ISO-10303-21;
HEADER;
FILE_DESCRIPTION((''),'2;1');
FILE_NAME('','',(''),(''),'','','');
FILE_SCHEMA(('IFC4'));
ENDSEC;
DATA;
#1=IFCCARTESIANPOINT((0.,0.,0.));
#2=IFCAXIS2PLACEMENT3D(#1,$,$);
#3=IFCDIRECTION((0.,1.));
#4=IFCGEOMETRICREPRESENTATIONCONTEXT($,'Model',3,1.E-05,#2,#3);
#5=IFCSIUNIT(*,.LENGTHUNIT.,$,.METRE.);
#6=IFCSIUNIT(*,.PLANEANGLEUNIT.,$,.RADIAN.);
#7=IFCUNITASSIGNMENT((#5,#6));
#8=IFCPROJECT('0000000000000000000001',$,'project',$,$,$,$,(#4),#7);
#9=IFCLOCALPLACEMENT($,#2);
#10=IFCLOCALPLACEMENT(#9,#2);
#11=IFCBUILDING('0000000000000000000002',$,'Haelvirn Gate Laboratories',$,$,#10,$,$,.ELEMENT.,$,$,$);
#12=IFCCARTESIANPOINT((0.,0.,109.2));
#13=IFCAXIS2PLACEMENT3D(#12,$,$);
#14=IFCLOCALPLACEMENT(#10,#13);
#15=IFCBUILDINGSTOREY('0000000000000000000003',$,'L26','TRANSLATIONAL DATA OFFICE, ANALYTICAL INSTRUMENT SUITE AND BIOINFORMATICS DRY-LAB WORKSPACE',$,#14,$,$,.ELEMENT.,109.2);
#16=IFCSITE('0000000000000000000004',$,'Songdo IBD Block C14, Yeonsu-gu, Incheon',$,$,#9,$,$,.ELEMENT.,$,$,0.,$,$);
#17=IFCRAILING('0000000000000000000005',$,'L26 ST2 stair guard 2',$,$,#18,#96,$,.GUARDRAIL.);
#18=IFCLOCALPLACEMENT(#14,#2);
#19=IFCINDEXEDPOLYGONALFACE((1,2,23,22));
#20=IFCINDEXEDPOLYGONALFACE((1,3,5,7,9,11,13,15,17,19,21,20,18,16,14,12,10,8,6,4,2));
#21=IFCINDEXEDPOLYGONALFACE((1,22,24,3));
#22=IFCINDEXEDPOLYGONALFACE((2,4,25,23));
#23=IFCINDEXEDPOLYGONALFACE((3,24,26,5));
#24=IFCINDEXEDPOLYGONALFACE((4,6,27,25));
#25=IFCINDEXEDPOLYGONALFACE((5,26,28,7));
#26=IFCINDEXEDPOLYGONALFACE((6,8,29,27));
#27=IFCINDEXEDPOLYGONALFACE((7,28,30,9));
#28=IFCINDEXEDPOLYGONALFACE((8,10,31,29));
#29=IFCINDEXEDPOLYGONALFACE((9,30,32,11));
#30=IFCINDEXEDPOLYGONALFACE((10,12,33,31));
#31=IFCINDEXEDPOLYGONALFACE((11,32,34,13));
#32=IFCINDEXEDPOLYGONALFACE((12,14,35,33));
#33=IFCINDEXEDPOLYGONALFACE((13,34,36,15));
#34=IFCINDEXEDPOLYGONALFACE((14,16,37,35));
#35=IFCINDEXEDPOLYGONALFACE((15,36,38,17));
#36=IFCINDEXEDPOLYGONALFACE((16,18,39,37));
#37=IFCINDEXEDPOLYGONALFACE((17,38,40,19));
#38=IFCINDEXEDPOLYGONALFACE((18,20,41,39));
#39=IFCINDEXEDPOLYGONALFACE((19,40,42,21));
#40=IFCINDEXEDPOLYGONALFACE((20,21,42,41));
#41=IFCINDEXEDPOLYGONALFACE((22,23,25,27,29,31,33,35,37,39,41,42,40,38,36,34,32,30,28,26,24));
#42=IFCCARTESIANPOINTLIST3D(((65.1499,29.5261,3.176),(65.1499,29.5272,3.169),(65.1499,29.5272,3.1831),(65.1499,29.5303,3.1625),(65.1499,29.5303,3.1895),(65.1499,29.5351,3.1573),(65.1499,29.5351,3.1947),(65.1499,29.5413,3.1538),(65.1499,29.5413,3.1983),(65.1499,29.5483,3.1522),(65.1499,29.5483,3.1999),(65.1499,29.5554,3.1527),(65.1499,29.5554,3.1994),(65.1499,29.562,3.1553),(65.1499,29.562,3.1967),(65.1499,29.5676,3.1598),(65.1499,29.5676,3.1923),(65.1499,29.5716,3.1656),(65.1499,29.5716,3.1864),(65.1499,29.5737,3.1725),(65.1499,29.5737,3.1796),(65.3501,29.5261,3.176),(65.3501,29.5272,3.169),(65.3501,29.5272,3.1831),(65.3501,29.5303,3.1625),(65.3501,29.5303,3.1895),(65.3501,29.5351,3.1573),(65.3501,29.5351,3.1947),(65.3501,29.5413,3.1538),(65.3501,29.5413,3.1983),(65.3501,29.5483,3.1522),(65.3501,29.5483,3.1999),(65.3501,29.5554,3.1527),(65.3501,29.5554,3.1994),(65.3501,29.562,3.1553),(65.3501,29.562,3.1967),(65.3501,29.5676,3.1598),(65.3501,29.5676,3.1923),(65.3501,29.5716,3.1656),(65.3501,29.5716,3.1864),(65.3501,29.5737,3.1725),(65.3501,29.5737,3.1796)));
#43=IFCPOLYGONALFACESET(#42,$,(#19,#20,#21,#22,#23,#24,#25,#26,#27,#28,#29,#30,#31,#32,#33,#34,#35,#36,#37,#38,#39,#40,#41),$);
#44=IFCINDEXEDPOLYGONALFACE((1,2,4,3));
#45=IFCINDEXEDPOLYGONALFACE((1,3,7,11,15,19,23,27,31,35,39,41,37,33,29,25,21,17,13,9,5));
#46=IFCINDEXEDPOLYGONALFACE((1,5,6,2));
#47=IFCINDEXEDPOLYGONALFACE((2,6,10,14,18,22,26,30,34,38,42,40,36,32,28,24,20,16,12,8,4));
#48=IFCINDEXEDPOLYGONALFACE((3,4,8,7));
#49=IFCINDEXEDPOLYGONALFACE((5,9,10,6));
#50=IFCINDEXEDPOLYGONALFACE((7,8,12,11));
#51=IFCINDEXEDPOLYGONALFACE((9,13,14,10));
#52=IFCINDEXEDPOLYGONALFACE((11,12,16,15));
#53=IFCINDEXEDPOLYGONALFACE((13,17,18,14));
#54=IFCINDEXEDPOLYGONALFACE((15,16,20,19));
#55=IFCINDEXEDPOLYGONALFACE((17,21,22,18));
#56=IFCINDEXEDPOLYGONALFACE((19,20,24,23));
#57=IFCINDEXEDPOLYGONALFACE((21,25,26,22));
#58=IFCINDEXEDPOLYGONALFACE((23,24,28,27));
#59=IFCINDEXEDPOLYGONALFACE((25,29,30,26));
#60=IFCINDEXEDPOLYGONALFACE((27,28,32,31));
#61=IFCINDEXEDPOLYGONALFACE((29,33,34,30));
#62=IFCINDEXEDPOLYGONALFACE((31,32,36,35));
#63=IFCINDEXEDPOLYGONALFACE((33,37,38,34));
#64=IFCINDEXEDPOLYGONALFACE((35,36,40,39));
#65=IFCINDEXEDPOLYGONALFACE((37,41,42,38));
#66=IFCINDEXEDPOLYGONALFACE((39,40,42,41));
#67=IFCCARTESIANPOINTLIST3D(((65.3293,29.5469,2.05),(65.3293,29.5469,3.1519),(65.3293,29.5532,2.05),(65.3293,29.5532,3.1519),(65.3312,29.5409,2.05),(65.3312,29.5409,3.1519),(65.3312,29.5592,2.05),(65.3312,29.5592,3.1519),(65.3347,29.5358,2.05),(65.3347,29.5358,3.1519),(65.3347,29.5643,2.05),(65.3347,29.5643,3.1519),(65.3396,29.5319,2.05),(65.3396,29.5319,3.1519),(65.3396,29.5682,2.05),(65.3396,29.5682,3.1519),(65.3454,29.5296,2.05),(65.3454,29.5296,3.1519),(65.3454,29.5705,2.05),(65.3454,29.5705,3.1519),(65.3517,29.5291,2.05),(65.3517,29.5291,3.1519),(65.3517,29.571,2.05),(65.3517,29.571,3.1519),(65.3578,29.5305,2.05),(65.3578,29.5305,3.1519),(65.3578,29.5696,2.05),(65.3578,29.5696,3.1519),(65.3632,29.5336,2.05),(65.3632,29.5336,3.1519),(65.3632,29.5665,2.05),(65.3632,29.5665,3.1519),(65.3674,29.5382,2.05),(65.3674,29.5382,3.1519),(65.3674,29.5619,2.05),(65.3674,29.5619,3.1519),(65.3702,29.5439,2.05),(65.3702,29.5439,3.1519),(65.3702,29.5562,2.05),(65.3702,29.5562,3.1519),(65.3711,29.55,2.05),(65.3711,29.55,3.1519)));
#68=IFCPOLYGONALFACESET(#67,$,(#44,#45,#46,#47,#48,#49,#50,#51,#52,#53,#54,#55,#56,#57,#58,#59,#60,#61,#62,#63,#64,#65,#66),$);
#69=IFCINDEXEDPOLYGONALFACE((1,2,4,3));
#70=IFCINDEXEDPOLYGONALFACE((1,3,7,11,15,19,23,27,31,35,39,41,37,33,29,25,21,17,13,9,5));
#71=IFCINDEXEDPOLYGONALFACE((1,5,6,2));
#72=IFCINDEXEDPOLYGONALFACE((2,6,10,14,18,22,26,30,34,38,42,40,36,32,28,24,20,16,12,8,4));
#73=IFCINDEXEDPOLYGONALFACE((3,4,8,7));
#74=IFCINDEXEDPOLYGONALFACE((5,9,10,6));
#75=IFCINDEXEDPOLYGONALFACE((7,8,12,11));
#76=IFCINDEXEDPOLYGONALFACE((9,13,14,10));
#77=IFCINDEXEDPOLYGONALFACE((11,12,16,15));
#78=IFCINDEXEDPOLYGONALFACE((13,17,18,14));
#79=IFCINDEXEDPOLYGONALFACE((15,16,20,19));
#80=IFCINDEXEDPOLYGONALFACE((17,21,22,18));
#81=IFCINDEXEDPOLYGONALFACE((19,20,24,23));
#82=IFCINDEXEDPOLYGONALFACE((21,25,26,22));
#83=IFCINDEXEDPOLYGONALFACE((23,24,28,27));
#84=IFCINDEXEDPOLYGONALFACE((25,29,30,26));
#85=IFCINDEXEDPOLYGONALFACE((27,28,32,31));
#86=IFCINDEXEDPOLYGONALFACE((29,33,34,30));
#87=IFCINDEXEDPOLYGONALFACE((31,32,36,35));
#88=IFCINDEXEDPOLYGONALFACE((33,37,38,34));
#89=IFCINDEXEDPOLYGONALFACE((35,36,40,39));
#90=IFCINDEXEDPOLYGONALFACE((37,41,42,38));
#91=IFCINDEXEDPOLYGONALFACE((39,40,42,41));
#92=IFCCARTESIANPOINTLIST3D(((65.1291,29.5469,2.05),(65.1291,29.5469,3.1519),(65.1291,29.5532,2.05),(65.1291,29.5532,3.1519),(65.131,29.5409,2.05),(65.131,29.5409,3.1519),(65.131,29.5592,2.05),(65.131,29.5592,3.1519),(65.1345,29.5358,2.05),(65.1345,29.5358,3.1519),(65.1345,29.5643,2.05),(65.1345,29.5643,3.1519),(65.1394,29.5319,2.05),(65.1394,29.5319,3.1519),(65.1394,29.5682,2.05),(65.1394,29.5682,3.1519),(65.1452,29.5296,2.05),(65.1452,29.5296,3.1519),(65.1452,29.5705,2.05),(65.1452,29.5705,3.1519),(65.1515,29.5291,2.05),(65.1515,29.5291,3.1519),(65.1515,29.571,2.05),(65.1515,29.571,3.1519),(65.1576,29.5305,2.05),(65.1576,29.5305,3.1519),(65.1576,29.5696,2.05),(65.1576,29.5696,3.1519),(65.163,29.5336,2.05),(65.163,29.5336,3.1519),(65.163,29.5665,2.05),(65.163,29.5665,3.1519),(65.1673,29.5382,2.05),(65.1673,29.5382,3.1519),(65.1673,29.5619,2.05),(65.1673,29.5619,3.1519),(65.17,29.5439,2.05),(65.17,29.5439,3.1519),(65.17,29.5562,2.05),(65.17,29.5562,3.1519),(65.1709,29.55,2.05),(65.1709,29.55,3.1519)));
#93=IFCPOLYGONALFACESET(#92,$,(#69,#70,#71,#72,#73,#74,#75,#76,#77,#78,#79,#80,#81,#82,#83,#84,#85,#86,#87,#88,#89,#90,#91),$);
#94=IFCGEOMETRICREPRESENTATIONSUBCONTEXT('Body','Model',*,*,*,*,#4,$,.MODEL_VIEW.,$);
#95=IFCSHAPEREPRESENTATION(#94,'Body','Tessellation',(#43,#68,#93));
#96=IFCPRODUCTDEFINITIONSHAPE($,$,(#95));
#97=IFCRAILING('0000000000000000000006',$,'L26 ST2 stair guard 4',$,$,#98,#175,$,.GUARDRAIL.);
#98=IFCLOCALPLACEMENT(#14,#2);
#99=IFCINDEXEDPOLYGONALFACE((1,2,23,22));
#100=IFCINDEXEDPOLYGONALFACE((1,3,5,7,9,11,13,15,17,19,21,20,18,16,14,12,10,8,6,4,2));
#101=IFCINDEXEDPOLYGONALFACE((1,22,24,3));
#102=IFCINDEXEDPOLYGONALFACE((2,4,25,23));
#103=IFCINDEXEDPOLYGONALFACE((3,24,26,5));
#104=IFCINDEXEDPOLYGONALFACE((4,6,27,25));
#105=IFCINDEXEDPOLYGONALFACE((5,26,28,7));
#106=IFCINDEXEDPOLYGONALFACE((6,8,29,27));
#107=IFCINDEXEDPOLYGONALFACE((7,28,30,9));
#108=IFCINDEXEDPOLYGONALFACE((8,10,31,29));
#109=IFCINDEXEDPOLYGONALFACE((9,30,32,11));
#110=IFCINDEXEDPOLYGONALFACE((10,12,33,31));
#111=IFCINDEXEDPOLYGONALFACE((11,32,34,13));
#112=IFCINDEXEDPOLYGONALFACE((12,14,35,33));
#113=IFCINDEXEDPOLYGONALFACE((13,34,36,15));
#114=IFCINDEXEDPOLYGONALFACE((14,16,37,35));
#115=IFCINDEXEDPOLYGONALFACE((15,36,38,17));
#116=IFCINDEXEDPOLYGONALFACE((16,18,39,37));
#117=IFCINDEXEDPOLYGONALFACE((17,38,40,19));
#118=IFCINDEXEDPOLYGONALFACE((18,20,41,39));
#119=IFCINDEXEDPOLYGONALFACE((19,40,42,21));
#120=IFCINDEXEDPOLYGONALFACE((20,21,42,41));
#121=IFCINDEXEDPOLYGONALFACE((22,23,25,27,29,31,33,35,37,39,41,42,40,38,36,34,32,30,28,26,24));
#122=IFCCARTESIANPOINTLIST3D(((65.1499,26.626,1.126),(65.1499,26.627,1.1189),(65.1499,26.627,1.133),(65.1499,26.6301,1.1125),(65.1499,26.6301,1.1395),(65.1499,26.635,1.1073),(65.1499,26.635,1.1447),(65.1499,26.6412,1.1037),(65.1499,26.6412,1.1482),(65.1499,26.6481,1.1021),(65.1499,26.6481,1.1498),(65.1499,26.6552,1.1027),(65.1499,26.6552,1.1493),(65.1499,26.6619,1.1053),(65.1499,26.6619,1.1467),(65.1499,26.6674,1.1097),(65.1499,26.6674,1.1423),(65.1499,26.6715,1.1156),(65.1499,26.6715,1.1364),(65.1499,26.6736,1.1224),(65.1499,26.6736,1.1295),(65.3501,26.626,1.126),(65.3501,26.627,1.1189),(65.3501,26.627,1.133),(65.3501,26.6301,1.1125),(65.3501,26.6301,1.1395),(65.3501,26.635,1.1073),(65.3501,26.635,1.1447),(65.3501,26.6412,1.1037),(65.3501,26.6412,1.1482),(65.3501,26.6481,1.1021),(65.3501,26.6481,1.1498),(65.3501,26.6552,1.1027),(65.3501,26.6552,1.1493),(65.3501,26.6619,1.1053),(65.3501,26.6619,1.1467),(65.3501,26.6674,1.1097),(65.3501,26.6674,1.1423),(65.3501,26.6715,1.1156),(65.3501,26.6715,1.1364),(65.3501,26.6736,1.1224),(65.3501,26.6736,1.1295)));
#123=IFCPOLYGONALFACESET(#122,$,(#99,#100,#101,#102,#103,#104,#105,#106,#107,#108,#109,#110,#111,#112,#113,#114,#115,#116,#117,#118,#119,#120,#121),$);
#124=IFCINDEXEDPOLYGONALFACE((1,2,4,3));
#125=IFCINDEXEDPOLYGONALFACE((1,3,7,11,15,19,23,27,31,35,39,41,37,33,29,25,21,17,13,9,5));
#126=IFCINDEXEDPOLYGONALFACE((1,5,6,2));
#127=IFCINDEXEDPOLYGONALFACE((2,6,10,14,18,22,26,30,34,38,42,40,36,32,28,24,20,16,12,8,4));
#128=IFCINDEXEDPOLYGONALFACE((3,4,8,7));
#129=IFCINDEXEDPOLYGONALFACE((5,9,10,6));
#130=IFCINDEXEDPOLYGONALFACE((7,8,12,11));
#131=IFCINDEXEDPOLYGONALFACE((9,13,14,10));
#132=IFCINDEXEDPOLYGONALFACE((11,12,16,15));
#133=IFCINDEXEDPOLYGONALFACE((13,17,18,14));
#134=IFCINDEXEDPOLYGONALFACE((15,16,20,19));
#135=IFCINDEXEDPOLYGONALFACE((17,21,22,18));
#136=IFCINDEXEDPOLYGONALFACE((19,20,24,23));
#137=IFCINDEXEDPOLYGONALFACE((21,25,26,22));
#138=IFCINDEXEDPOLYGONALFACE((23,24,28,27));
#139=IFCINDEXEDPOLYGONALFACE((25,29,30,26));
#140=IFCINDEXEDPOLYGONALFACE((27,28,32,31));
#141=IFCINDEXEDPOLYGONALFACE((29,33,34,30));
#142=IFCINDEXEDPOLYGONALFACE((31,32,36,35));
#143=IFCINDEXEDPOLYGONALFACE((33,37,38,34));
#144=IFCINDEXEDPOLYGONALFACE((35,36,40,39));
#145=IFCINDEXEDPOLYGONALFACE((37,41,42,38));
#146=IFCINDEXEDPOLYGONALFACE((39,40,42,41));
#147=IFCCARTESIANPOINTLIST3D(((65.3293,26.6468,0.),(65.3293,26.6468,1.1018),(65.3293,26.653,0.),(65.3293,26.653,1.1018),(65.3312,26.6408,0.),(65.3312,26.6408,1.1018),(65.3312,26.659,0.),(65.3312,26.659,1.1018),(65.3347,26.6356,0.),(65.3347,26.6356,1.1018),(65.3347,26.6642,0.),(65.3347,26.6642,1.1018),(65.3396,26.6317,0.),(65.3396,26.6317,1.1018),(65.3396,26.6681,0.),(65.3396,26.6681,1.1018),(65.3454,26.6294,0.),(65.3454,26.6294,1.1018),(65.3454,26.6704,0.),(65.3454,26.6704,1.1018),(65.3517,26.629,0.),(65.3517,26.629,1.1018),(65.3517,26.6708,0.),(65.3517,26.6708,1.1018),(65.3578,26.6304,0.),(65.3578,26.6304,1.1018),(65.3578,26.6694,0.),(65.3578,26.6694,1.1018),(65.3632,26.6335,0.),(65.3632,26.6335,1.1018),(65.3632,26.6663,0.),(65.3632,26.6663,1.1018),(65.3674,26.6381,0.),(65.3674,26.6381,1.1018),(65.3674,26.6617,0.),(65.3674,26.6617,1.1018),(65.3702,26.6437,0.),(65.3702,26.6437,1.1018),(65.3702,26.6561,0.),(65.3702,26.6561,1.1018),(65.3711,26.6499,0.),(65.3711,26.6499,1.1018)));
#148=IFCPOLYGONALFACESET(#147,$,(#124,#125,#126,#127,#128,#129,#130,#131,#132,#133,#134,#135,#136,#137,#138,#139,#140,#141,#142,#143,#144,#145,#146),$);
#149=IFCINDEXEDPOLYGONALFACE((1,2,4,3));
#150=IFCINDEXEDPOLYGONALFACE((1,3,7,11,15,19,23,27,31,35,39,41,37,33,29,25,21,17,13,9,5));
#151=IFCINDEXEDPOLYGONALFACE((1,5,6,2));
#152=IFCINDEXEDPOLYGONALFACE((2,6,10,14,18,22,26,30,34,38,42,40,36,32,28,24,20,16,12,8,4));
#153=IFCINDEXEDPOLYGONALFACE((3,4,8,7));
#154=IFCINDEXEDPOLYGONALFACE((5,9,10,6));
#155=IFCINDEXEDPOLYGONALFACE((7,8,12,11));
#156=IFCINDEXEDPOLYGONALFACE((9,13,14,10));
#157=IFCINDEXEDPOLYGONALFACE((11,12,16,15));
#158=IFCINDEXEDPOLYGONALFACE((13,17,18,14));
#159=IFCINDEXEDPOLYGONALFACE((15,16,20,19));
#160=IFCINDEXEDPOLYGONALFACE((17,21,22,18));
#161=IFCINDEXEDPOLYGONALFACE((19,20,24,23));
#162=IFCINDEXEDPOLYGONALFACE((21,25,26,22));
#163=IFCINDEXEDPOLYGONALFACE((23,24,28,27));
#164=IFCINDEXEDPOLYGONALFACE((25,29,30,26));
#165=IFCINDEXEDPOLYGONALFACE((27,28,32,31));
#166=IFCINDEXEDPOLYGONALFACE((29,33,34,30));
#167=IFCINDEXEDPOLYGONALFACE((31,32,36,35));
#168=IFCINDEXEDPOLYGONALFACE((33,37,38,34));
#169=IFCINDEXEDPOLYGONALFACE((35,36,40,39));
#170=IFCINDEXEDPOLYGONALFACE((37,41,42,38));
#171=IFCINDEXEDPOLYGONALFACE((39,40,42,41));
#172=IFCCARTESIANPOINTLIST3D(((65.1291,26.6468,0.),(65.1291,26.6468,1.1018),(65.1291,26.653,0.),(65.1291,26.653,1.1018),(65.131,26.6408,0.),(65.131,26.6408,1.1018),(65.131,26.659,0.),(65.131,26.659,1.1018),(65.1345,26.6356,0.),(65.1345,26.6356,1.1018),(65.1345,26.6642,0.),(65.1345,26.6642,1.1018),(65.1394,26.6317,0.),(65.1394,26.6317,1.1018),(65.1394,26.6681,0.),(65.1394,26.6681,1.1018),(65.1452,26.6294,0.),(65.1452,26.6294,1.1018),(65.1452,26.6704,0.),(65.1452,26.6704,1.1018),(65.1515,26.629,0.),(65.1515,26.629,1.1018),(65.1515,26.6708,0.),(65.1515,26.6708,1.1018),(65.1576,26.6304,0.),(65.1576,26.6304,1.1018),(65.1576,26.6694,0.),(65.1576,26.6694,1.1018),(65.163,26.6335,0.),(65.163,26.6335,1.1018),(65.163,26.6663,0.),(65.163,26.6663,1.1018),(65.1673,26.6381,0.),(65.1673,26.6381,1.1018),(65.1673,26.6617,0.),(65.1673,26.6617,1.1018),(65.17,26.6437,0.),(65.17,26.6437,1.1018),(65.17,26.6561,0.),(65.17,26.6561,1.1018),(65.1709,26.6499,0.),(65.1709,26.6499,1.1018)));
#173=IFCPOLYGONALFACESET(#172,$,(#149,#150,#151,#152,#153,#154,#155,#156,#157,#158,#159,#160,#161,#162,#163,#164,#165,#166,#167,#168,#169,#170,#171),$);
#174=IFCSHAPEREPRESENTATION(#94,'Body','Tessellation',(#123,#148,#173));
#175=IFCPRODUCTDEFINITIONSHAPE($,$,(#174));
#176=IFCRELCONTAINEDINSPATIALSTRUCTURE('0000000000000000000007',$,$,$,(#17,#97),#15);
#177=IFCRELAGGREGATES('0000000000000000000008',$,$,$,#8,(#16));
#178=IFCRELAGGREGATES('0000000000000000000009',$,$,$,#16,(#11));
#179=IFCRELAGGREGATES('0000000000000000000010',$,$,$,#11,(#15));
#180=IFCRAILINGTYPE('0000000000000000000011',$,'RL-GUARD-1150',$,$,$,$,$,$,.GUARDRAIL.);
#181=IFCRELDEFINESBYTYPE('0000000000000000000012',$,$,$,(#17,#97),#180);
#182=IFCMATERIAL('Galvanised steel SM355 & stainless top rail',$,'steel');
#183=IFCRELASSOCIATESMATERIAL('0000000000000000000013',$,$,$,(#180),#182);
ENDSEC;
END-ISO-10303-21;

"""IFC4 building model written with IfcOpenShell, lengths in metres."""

from ifc_helpers import new_model, si_unit, direction, frame, origin, origin_2d, place, context, subcontext, project, spatial, circle, extrude, source, transform, mapped, material, type_object, element, save


model = new_model("IFC4")

# Units and contexts
model_context = context("Model", 3, precision=1e-05, world=origin(), true_north=direction((0.0, 1.0)))
body_context = subcontext(model_context, "Body", "Model", "MODEL_VIEW")
ifc_project = project(units=[si_unit("LENGTHUNIT", "METRE"), si_unit("PLANEANGLEUNIT", "RADIAN")], contexts=[model_context])

# Site, building, storey
site_placement = place(None, origin())
site = spatial("IfcSite", under=ifc_project, at=site_placement, Name="Songdo IBD Block C14, Yeonsu-gu, Incheon", CompositionType="ELEMENT", RefElevation=0.0)
building_placement = place(site_placement, origin())
building = spatial("IfcBuilding", under=site, at=building_placement, Name="Haelvirn Gate Laboratories", CompositionType="ELEMENT")
storey_placement = place(building_placement, frame((0.0, 0.0, 109.2)))
storey = spatial("IfcBuildingStorey", under=building, at=storey_placement, Name="L26", Description="TRANSLATIONAL DATA OFFICE, ANALYTICAL INSTRUMENT SUITE AND BIOINFORMATICS DRY-LAB WORKSPACE", CompositionType="ELEMENT", Elevation=109.2)

# Railings
ifc_material_1 = material(Name="Galvanised steel SM355 & stainless top rail", Category="steel")
railing_type_1 = type_object("IfcRailingType", Name="RL-GUARD-1150", PredefinedType="GUARDRAIL", material=ifc_material_1)
shared_shape_1 = source(origin(), body_context, "Body", "SweptSolid", [
    extrude(circle(Radius=0.0239, at=origin_2d()), frame((0.0, 0.0, 1.126), z_axis=(-1.0, 0.0, 0.0), x_axis=(0.0, -1.0, 0.0)), (0.0, 0.0, 1.0), 0.2002),
    extrude(circle(Radius=0.021, at=origin_2d()), origin(), (0.0, 0.0, 1.0), 1.1018),
    extrude(circle(Radius=0.021, at=origin_2d()), frame((-0.2002, 0.0, 0.0)), (0.0, 0.0, 1.0), 1.1018),
])
for number, where, name in (
    (1, (65.3501, 29.55, 2.05), "L26 ST2 stair guard 2"),
    (2, (65.3501, 26.6499, 0.0), "L26 ST2 stair guard 4"),
):
    element("IfcRailing", number, at=place(storey_placement, frame(where)), inside=storey, type_object=railing_type_1, Name=name, PredefinedType="GUARDRAIL", context=body_context, shape_type="MappedRepresentation", body=[
        mapped(shared_shape_1, transform((0.0, 0.0, 0.0), scale=1.0)),
    ])

save(model, "model.ifc")
